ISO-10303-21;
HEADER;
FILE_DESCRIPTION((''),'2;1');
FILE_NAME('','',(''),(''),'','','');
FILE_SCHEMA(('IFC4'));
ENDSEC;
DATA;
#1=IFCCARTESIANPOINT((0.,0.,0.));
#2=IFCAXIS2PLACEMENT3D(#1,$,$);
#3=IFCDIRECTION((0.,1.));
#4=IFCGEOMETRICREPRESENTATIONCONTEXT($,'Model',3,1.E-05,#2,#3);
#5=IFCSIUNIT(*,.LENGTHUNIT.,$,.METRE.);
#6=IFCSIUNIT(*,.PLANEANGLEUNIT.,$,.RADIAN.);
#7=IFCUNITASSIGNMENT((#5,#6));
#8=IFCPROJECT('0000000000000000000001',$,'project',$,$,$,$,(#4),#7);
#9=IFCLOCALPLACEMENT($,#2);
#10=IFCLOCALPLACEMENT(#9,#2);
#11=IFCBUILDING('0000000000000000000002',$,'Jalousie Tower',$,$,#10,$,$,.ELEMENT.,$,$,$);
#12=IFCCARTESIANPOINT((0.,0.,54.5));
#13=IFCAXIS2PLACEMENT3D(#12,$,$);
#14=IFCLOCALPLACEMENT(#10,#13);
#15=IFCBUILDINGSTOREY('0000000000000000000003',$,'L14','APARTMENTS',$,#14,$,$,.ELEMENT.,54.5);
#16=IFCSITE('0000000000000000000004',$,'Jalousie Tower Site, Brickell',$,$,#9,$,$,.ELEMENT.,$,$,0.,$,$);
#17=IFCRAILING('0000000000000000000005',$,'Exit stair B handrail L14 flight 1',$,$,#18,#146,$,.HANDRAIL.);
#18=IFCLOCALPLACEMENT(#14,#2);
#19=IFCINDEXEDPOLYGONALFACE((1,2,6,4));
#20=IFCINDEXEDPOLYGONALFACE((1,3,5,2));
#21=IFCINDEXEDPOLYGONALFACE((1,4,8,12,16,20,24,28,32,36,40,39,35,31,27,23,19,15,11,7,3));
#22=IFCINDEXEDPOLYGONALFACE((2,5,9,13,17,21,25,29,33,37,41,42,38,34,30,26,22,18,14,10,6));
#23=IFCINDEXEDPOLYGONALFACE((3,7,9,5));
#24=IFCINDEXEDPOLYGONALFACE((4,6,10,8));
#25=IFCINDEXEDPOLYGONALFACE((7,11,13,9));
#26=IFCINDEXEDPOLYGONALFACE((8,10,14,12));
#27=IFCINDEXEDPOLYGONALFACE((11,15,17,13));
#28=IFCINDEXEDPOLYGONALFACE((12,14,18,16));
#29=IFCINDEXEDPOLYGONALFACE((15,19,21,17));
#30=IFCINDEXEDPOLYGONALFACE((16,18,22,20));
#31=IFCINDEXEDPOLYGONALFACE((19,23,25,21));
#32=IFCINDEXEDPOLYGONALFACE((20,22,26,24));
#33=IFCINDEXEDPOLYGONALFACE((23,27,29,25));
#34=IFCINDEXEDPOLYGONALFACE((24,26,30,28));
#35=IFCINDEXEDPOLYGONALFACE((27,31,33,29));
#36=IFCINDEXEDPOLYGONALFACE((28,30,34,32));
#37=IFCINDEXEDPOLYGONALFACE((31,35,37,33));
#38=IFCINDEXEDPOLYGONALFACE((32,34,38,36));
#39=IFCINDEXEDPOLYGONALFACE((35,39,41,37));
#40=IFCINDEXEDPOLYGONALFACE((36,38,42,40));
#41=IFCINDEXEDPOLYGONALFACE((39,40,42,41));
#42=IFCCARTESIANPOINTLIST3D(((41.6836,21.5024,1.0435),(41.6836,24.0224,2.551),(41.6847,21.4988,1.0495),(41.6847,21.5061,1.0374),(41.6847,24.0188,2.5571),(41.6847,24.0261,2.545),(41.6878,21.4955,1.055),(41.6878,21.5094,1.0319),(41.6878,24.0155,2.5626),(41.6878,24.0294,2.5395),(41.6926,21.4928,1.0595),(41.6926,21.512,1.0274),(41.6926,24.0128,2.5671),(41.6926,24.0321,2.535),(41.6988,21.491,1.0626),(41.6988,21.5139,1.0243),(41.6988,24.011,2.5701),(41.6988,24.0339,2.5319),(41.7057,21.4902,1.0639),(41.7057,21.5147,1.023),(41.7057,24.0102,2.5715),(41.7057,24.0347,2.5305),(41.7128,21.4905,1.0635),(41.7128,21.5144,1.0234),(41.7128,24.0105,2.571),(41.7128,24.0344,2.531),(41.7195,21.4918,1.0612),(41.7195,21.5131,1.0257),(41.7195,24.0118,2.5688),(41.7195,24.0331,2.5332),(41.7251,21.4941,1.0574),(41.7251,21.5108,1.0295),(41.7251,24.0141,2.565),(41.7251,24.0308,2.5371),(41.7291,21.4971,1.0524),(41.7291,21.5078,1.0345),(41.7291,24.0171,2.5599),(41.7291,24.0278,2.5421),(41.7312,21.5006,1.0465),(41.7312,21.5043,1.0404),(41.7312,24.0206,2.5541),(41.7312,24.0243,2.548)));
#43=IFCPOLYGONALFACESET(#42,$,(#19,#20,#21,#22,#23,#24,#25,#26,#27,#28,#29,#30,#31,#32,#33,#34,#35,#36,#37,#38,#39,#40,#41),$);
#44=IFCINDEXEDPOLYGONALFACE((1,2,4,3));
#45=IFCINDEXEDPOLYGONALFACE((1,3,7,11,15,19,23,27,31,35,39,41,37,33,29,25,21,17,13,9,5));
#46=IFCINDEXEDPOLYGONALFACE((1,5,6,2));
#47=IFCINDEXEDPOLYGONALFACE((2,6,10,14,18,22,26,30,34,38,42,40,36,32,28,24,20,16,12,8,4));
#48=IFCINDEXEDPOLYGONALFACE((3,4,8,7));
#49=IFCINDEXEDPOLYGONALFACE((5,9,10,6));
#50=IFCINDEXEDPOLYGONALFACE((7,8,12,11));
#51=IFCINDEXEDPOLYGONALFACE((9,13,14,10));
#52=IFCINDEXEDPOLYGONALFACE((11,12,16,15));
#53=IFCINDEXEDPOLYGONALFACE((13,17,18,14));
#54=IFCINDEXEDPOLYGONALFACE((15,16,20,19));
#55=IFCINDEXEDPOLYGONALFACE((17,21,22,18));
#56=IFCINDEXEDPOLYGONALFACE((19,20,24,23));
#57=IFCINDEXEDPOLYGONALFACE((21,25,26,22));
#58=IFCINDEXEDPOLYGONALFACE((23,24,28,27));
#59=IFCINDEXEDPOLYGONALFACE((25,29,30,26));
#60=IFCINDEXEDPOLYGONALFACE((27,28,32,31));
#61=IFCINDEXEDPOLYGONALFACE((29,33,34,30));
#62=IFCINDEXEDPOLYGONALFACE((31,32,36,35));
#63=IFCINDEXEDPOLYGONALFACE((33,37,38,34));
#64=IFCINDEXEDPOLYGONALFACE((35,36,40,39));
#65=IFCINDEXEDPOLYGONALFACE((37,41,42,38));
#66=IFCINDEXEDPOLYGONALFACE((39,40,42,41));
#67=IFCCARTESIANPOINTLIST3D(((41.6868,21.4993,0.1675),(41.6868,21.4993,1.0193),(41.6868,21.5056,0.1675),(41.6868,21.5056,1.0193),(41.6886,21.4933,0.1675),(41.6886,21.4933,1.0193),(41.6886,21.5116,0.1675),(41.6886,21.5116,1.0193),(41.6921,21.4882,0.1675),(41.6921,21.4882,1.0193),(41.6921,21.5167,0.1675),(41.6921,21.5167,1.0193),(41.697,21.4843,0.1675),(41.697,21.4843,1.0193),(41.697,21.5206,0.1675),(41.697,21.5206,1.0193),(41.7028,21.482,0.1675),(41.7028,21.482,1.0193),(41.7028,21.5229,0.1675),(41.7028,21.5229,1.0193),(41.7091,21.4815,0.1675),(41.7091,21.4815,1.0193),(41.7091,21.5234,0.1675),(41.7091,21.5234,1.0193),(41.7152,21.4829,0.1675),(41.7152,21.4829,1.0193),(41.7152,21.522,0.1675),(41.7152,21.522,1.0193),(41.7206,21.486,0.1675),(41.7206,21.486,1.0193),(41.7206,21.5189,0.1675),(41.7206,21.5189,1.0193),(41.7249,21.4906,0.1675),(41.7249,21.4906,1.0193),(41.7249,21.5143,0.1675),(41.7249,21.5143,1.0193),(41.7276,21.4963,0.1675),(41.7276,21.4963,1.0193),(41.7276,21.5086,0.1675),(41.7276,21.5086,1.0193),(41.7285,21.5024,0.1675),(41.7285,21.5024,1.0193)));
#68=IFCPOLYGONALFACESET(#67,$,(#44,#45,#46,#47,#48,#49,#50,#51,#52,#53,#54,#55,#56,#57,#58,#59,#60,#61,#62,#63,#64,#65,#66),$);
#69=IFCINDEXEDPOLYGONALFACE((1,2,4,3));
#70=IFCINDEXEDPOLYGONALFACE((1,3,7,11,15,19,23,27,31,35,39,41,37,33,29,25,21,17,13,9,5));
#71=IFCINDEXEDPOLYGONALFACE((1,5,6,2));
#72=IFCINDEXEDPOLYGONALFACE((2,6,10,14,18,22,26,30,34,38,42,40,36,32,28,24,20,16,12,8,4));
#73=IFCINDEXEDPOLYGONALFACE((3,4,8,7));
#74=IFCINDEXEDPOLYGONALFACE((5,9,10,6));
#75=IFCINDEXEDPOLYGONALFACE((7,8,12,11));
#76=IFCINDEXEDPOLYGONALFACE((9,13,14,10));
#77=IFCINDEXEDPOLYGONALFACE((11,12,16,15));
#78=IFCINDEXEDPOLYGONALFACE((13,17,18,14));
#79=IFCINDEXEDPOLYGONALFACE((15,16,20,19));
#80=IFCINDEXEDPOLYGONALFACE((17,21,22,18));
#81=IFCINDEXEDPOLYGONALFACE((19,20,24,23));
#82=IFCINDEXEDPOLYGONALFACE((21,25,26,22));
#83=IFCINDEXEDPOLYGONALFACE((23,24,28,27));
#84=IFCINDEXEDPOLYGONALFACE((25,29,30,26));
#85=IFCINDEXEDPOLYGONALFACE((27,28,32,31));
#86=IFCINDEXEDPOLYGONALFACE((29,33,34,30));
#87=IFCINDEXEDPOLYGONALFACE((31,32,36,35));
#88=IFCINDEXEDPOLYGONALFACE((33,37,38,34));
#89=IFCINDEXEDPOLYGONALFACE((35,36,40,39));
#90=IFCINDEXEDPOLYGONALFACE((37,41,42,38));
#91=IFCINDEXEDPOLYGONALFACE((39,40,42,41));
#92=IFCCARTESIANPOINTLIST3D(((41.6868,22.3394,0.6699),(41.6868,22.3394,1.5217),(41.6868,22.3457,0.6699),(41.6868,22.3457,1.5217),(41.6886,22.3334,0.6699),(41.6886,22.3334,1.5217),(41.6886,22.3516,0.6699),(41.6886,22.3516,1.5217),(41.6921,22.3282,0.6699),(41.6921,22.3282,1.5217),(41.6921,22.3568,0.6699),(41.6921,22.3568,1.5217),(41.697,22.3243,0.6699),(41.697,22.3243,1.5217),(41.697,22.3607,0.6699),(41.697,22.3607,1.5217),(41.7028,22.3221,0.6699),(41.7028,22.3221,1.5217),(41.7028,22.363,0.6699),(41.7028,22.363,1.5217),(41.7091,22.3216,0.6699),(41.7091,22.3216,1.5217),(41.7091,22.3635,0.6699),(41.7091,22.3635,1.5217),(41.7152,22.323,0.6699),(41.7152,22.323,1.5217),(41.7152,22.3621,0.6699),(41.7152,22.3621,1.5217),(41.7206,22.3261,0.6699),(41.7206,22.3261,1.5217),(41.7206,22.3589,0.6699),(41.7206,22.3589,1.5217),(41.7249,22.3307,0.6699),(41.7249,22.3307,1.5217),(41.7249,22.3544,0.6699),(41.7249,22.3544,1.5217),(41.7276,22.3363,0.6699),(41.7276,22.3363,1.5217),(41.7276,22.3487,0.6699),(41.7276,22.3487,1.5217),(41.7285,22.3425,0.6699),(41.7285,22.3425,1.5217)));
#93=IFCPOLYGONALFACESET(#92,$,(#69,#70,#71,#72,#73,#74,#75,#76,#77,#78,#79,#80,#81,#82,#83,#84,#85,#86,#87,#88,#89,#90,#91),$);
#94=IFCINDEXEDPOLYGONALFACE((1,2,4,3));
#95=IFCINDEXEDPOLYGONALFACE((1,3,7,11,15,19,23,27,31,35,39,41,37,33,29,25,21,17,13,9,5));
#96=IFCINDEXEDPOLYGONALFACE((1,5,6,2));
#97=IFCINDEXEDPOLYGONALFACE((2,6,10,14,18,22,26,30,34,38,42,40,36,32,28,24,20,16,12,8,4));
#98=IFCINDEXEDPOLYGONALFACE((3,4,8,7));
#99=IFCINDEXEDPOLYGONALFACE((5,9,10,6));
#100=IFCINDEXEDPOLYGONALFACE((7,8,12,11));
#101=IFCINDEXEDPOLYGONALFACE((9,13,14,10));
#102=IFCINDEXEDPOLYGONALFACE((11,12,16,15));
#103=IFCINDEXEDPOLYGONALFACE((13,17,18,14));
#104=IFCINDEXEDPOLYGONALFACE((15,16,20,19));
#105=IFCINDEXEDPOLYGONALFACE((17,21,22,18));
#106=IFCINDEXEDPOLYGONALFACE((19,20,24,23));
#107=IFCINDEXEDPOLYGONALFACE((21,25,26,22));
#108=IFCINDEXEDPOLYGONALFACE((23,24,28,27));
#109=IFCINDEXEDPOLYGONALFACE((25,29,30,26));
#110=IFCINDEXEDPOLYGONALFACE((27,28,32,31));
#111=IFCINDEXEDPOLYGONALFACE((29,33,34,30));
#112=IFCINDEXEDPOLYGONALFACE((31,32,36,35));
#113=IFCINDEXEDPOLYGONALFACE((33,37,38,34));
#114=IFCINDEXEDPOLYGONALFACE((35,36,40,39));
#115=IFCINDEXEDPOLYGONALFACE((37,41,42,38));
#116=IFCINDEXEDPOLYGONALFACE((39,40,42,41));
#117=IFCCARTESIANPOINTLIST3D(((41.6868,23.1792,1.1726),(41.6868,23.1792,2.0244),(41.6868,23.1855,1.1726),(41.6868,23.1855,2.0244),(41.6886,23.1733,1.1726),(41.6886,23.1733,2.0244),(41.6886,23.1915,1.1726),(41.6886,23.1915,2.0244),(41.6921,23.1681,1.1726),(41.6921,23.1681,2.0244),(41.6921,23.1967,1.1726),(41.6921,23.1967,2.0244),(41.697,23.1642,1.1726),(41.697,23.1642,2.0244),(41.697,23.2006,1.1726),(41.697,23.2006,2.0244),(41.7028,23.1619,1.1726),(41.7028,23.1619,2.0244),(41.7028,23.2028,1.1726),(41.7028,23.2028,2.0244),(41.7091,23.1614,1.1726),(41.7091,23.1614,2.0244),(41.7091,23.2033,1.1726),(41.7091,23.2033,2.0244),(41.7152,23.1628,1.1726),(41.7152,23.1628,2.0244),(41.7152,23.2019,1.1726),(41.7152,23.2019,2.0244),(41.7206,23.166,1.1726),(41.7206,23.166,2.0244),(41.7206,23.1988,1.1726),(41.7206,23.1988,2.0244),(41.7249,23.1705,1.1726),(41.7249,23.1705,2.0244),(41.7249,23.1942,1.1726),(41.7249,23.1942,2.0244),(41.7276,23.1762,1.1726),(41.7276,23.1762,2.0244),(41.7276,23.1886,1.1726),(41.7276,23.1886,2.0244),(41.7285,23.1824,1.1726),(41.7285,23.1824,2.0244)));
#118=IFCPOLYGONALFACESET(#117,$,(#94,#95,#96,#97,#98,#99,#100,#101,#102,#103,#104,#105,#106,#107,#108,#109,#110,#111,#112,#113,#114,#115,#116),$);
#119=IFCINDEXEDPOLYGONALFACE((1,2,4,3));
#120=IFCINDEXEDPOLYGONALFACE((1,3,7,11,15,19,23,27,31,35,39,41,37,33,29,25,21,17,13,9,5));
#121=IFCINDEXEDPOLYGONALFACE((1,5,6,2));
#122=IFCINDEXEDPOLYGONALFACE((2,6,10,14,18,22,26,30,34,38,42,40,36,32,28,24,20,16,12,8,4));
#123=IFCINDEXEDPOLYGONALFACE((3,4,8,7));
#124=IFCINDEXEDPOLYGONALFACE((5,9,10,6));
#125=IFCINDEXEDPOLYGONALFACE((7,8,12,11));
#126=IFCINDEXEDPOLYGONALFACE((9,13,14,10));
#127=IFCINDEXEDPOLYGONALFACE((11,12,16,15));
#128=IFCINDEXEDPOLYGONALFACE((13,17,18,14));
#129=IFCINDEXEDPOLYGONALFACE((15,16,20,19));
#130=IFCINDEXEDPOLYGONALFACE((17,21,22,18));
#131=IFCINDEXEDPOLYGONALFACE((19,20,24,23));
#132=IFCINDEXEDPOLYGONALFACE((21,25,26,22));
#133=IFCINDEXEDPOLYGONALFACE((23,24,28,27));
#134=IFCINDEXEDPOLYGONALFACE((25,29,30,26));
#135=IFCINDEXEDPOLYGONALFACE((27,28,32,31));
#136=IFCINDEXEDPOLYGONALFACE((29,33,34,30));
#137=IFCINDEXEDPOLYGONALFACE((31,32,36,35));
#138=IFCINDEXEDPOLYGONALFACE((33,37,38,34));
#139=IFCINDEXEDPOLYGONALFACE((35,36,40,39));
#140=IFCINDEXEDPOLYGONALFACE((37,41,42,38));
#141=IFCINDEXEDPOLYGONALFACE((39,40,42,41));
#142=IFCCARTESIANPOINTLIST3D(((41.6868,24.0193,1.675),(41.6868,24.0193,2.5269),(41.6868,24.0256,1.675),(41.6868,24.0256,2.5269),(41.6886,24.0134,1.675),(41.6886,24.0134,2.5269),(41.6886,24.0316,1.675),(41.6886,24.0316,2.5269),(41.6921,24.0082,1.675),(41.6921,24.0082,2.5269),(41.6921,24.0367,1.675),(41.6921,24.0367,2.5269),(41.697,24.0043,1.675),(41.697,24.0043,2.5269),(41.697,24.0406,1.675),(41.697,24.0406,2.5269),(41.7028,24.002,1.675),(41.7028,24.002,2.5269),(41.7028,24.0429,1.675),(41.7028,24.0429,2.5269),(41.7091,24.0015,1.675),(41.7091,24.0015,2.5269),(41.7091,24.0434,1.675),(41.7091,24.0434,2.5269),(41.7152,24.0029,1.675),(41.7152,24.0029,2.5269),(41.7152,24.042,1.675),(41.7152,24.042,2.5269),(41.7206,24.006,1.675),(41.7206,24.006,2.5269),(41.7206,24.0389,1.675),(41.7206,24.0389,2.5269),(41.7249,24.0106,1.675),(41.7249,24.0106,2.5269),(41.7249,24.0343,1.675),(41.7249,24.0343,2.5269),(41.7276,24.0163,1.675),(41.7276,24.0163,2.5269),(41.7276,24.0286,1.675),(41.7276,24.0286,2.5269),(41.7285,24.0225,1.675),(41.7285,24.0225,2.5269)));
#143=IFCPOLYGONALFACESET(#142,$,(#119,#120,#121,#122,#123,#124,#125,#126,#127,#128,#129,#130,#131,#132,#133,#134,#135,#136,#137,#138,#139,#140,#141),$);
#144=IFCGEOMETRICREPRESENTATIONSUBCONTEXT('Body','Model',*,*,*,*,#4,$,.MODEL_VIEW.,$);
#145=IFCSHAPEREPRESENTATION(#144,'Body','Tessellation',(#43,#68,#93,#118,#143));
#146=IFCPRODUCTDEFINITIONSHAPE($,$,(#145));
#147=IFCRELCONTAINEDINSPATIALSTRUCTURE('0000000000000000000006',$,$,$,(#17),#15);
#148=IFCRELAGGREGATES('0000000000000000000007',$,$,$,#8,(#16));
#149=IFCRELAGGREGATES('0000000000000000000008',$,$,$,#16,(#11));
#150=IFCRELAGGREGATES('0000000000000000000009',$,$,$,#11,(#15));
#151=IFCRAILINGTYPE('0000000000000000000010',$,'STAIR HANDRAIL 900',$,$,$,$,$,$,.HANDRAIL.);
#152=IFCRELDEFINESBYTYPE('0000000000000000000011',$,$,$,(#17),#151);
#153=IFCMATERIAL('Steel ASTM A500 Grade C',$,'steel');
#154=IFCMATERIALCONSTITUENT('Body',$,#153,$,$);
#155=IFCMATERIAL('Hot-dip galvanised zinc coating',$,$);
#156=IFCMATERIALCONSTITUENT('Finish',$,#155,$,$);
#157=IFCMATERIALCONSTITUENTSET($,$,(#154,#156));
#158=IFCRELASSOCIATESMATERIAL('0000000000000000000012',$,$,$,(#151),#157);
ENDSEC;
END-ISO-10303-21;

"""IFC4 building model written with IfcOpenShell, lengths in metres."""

from ifc_helpers import new_model, si_unit, direction, frame, origin, origin_2d, place, context, subcontext, project, spatial, circle, extrude, material, constituent, constituent_set, type_object, element, save


model = new_model("IFC4")

# Units and contexts
model_context = context("Model", 3, precision=1e-05, world=origin(), true_north=direction((0.0, 1.0)))
body_context = subcontext(model_context, "Body", "Model", "MODEL_VIEW")
ifc_project = project(units=[si_unit("LENGTHUNIT", "METRE"), si_unit("PLANEANGLEUNIT", "RADIAN")], contexts=[model_context])

# Site, building, storey
site_placement = place(None, origin())
site = spatial("IfcSite", under=ifc_project, at=site_placement, Name="Jalousie Tower Site, Brickell", CompositionType="ELEMENT", RefElevation=0.0)
building_placement = place(site_placement, origin())
building = spatial("IfcBuilding", under=site, at=building_placement, Name="Jalousie Tower", CompositionType="ELEMENT")
storey_placement = place(building_placement, frame((0.0, 0.0, 54.5)))
storey = spatial("IfcBuildingStorey", under=building, at=storey_placement, Name="L14", Description="APARTMENTS", CompositionType="ELEMENT", Elevation=54.5)

# Railing
ifc_material_1 = material(Name="Steel ASTM A500 Grade C", Category="steel")
ifc_constituent_1 = constituent(ifc_material_1, Name="Body")
ifc_material_2 = material(Name="Hot-dip galvanised zinc coating")
ifc_constituent_2 = constituent(ifc_material_2, Name="Finish")
ifc_constituent_set_1 = constituent_set(constituents=[ifc_constituent_1, ifc_constituent_2])
railing_type_1 = type_object("IfcRailingType", Name="STAIR HANDRAIL 900", PredefinedType="HANDRAIL", material=ifc_constituent_set_1)
railing_1_placement = place(storey_placement, frame((41.7075, 21.5024, 0.1675)))
element("IfcRailing", 1, at=railing_1_placement, inside=storey, type_object=railing_type_1, Name="Exit stair B handrail L14 flight 1", PredefinedType="HANDRAIL", context=body_context, shape_type="SweptSolid", body=[
    extrude(circle(Radius=0.0239, at=origin_2d()), frame((0.0, 0.0, 0.876), z_axis=(0.0, 0.85816, 0.513383), x_axis=(-1.0, 0.0, 0.0)), (0.0, 0.0, 1.0), 2.9365),
    extrude(circle(Radius=0.021, at=origin_2d()), origin(), (0.0, 0.0, 1.0), 0.8518),
    extrude(circle(Radius=0.021, at=origin_2d()), frame((0.0, 0.8401, 0.5024)), (0.0, 0.0, 1.0), 0.8518),
    extrude(circle(Radius=0.021, at=origin_2d()), frame((0.0, 1.6799, 1.0051)), (0.0, 0.0, 1.0), 0.8518),
    extrude(circle(Radius=0.021, at=origin_2d()), frame((0.0, 2.52, 1.5076)), (0.0, 0.0, 1.0), 0.8518),
])

save(model, "model.ifc")
